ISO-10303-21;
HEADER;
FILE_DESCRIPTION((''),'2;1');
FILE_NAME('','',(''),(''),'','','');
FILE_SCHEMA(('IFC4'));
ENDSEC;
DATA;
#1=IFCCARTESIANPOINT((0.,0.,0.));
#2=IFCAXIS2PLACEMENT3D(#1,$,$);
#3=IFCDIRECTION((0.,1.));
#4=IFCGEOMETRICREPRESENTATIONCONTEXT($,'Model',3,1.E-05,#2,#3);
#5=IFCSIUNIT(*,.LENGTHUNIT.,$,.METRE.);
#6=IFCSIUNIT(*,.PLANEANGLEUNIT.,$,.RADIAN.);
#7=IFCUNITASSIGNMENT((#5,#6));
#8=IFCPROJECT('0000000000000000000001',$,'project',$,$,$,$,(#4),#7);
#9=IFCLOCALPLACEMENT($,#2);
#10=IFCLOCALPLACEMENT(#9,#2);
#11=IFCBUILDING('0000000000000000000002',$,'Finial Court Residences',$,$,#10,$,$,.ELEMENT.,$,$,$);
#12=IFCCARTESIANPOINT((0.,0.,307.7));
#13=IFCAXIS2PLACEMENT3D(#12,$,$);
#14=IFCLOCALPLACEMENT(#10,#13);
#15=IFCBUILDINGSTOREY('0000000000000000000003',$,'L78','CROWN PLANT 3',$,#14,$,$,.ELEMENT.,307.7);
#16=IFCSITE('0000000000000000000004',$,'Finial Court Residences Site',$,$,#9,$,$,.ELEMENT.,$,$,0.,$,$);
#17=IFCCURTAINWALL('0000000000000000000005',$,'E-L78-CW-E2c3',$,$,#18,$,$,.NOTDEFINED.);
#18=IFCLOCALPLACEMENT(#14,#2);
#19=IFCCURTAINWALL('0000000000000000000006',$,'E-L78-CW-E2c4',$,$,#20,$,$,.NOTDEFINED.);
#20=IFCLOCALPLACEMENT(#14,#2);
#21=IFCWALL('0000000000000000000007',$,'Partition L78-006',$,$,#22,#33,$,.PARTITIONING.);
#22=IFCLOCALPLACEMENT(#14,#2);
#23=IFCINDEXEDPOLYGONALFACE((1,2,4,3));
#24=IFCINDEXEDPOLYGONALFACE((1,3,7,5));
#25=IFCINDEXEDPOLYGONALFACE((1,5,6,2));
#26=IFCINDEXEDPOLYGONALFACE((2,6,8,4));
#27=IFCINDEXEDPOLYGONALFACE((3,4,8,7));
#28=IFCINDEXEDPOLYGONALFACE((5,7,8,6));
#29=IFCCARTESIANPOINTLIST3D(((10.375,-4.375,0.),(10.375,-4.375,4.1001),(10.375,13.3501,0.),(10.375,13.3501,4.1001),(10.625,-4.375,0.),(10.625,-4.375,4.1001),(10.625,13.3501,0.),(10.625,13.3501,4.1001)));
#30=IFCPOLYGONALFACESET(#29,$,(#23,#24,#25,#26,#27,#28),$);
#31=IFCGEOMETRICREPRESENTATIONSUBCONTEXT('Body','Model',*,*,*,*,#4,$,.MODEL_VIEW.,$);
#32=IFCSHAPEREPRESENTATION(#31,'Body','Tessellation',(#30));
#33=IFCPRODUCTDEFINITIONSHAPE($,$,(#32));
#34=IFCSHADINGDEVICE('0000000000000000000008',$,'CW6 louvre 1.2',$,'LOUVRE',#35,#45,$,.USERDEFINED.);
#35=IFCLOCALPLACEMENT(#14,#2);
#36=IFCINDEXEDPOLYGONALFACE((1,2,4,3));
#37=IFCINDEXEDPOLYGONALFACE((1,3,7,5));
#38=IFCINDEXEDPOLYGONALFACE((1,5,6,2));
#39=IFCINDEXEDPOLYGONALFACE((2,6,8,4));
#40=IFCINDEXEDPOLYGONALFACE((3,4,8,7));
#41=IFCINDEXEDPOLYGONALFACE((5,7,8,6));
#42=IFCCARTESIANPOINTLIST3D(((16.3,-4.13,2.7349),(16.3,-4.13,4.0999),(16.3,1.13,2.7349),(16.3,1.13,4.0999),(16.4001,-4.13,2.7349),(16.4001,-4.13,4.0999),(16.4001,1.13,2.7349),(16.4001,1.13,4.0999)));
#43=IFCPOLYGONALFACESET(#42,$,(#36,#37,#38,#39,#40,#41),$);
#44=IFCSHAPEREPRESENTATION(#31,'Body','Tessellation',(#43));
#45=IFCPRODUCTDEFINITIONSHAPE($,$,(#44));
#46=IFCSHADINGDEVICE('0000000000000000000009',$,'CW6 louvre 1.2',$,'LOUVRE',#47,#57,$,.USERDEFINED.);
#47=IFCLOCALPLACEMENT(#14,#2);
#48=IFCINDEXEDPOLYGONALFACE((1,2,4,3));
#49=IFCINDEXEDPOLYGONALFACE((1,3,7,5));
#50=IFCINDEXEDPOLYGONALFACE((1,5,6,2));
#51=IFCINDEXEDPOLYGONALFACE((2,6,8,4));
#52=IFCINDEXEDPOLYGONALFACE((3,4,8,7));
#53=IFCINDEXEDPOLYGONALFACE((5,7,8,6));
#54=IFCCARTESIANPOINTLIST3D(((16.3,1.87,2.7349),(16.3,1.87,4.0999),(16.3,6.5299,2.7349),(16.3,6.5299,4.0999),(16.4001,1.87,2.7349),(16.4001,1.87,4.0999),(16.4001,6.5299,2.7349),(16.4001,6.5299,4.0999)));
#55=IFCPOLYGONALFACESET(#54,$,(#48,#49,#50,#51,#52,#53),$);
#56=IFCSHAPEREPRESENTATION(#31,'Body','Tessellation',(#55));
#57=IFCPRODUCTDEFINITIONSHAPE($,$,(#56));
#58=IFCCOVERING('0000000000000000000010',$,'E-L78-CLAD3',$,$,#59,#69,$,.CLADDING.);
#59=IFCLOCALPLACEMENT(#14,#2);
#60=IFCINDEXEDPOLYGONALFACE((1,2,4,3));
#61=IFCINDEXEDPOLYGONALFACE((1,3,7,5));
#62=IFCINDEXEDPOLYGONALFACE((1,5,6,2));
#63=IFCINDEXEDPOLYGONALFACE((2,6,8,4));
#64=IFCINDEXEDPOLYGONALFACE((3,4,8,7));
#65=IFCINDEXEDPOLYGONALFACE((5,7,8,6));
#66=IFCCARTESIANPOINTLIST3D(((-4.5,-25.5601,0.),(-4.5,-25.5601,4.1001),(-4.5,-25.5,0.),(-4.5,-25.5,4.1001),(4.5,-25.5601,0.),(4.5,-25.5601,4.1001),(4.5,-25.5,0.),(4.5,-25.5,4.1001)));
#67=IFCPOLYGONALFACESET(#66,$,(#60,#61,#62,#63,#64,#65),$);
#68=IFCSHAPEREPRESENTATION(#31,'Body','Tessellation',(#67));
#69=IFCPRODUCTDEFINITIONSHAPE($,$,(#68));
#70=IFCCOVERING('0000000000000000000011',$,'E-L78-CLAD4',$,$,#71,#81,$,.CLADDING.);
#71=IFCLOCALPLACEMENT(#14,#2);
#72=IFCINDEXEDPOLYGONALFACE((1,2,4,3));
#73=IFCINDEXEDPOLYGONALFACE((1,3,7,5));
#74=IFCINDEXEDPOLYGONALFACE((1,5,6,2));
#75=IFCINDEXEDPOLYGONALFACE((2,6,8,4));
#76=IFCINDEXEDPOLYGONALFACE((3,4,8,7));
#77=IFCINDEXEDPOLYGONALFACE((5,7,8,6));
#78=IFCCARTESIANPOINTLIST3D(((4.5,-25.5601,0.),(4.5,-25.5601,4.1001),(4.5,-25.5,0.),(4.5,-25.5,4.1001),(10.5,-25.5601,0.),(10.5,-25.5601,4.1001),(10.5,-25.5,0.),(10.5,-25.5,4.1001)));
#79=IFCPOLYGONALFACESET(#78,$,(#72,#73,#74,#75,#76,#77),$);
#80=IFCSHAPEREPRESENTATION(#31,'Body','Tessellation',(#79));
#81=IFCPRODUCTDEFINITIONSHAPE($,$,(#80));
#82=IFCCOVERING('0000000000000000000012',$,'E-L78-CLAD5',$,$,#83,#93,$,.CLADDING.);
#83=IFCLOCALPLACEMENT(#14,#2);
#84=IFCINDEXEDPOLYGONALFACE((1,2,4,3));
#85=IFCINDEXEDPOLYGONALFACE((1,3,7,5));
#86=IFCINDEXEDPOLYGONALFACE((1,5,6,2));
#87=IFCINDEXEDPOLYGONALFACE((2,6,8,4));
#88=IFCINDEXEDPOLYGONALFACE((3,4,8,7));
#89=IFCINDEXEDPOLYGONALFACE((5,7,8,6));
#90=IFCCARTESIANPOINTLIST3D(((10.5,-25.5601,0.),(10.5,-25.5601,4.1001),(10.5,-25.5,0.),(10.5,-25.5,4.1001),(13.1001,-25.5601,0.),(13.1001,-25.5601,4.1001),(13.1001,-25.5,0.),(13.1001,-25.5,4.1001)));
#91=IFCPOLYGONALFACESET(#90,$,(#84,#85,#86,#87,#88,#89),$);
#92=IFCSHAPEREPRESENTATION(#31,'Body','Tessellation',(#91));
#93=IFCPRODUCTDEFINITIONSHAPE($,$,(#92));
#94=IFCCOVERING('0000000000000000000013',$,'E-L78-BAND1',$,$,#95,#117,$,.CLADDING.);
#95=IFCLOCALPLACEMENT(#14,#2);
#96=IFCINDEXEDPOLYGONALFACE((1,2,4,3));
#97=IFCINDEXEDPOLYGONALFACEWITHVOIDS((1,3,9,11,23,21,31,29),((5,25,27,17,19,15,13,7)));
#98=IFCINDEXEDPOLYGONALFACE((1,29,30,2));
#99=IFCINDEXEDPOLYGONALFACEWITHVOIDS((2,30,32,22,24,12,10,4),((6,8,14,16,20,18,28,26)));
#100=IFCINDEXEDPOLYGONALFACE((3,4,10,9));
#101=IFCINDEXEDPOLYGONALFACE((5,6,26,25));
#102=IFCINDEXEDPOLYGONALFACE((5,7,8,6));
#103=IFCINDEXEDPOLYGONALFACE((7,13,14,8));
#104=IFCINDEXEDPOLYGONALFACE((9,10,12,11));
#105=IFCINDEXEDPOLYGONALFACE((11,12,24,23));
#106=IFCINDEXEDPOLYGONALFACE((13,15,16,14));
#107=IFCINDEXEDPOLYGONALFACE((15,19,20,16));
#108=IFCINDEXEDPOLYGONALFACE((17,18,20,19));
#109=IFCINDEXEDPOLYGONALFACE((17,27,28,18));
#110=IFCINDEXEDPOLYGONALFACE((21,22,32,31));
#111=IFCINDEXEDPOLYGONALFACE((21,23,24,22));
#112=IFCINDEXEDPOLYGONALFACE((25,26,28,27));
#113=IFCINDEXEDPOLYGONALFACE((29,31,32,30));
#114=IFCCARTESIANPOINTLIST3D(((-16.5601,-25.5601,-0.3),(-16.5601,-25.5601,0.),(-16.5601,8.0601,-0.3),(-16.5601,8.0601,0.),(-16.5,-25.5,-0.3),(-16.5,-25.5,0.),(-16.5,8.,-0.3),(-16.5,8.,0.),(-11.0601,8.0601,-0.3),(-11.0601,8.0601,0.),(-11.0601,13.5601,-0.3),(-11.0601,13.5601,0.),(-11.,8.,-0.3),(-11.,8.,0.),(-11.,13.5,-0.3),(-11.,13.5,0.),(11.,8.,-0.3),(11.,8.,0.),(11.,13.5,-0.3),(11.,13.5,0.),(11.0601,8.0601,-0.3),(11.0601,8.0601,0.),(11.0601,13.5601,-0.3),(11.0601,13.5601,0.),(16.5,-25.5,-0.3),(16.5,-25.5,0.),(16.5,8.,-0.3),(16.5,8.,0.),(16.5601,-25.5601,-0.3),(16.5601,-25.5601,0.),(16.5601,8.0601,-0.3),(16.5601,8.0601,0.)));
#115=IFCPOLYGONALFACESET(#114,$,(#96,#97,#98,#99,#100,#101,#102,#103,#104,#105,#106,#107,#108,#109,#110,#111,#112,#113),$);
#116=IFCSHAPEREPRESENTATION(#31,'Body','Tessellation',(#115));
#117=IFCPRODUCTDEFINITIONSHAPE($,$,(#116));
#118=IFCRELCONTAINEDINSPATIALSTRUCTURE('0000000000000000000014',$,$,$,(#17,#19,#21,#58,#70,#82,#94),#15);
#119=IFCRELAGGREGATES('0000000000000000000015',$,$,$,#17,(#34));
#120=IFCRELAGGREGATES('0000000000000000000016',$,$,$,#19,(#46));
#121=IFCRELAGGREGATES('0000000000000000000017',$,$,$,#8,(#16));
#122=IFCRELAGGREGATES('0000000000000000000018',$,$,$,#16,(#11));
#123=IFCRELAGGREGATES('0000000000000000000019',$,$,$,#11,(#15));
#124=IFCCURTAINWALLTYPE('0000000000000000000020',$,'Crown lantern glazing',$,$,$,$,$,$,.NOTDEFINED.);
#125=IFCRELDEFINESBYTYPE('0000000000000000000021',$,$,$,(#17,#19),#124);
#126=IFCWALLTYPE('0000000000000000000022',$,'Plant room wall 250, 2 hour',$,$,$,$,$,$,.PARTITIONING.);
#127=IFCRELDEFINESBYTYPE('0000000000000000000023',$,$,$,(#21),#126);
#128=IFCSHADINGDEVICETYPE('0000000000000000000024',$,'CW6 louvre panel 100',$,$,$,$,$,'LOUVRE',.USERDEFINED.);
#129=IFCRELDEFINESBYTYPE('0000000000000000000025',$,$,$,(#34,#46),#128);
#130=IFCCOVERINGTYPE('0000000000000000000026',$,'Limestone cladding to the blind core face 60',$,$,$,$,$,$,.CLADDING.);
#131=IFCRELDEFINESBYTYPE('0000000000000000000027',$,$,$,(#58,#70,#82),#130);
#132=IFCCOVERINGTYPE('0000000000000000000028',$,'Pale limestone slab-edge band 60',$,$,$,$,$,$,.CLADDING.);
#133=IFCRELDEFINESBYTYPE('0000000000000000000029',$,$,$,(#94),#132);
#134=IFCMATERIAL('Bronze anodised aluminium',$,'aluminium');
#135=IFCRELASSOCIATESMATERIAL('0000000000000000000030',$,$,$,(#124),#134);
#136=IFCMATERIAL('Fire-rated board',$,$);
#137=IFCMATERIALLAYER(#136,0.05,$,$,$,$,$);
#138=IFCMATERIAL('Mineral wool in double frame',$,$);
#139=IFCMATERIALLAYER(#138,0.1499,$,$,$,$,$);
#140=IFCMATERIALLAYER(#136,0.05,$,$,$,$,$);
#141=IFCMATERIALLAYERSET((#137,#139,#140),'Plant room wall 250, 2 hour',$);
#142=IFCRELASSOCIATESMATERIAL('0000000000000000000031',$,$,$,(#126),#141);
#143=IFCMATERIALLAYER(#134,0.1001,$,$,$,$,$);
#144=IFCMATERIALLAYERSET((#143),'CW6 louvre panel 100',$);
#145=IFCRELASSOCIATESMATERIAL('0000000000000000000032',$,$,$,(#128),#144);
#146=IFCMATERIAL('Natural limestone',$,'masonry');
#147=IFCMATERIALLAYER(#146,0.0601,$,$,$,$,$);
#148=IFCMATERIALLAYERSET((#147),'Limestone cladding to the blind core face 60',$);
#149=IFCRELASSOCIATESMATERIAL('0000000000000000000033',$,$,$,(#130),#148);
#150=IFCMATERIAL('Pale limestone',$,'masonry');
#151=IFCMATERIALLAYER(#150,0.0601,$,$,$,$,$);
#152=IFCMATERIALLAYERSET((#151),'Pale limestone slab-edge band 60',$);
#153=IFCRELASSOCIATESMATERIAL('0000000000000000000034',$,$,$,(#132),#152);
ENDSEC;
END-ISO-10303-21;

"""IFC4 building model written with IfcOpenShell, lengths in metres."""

from ifc_helpers import new_model, si_unit, direction, frame, frame_2d, origin, origin_2d, place, context, subcontext, project, spatial, polyline, rectangle, outline, extrude, material, layer, layer_set, type_object, element, aggregate, save


model = new_model("IFC4")

# Units and contexts
model_context = context("Model", 3, precision=1e-05, world=origin(), true_north=direction((0.0, 1.0)))
body_context = subcontext(model_context, "Body", "Model", "MODEL_VIEW")
ifc_project = project(units=[si_unit("LENGTHUNIT", "METRE"), si_unit("PLANEANGLEUNIT", "RADIAN")], contexts=[model_context])

# Site, building, storey
site_placement = place(None, origin())
site = spatial("IfcSite", under=ifc_project, at=site_placement, Name="Finial Court Residences Site", CompositionType="ELEMENT", RefElevation=0.0)
building_placement = place(site_placement, origin())
building = spatial("IfcBuilding", under=site, at=building_placement, Name="Finial Court Residences", CompositionType="ELEMENT")
storey_placement = place(building_placement, frame((0.0, 0.0, 307.7)))
storey = spatial("IfcBuildingStorey", under=building, at=storey_placement, Name="L78", Description="CROWN PLANT 3", CompositionType="ELEMENT", Elevation=307.7)

# Curtain walls
ifc_material_1 = material(Name="Bronze anodised aluminium", Category="aluminium")
curtain_wall_type = type_object("IfcCurtainWallType", Name="Crown lantern glazing", PredefinedType="NOTDEFINED", material=ifc_material_1)
curtain_wall_1_placement = place(storey_placement, origin())
curtain_wall_1 = element("IfcCurtainWall", 1, at=curtain_wall_1_placement, inside=storey, type_object=curtain_wall_type, Name="E-L78-CW-E2c3", PredefinedType="NOTDEFINED")
curtain_wall_2_placement = place(storey_placement, origin())
curtain_wall_2 = element("IfcCurtainWall", 2, at=curtain_wall_2_placement, inside=storey, type_object=curtain_wall_type, Name="E-L78-CW-E2c4", PredefinedType="NOTDEFINED")

# Wall
ifc_material_2 = material(Name="Fire-rated board")
ifc_layer_1 = layer(ifc_material_2, 0.05)
ifc_material_3 = material(Name="Mineral wool in double frame")
ifc_layer_2 = layer(ifc_material_3, 0.1499)
ifc_layer_3 = layer(ifc_material_2, 0.05)
ifc_layer_set_1 = layer_set([ifc_layer_1, ifc_layer_2, ifc_layer_3], Name="Plant room wall 250, 2 hour")
wall_type = type_object("IfcWallType", Name="Plant room wall 250, 2 hour", PredefinedType="PARTITIONING", material=ifc_layer_set_1)
for number, where, z_axis, x_axis, name in (
    (3, (10.5, -4.375, 0.0), (0.0, 0.0, 1.0), (0.0, 1.0, 0.0), "Partition L78-006"),
):
    element("IfcWall", number, at=place(storey_placement, frame(where, z_axis=z_axis, x_axis=x_axis)), inside=storey, type_object=wall_type, Name=name, PredefinedType="PARTITIONING", context=body_context, shape_type="SweptSolid", body=[
        extrude(rectangle(XDim=17.7251, YDim=0.25, at=frame_2d((8.8625, 0.0))), origin(), (0.0, 0.0, 1.0), 4.1001),
    ])

# Shading devices
ifc_layer_4 = layer(ifc_material_1, 0.1001)
ifc_layer_set_2 = layer_set([ifc_layer_4], Name="CW6 louvre panel 100")
shading_device_type = type_object("IfcShadingDeviceType", Name="CW6 louvre panel 100", ElementType="LOUVRE", PredefinedType="USERDEFINED", material=ifc_layer_set_2)
shading_device_1_placement = place(storey_placement, frame((16.3501, -1.5, 2.7349), z_axis=(0.0, 0.0, 1.0), x_axis=(0.0, 1.0, 0.0)))
shading_device_1 = element("IfcShadingDevice", 4, at=shading_device_1_placement, type_object=shading_device_type, Name="CW6 louvre 1.2", ObjectType="LOUVRE", PredefinedType="USERDEFINED", context=body_context, shape_type="SweptSolid", body=[
    extrude(rectangle(XDim=5.26, YDim=0.1001, at=origin_2d()), origin(), (0.0, 0.0, 1.0), 1.365),
])
aggregate(curtain_wall_1, [shading_device_1])
shading_device_2_placement = place(storey_placement, frame((16.3501, 4.2, 2.7349), z_axis=(0.0, 0.0, 1.0), x_axis=(0.0, 1.0, 0.0)))
shading_device_2 = element("IfcShadingDevice", 5, at=shading_device_2_placement, type_object=shading_device_type, Name="CW6 louvre 1.2", ObjectType="LOUVRE", PredefinedType="USERDEFINED", context=body_context, shape_type="SweptSolid", body=[
    extrude(rectangle(XDim=4.6599, YDim=0.1001, at=origin_2d()), origin(), (0.0, 0.0, 1.0), 1.365),
])
aggregate(curtain_wall_2, [shading_device_2])

# Coverings
ifc_material_4 = material(Name="Natural limestone", Category="masonry")
ifc_layer_5 = layer(ifc_material_4, 0.0601)
ifc_layer_set_3 = layer_set([ifc_layer_5], Name="Limestone cladding to the blind core face 60")
covering_type_1 = type_object("IfcCoveringType", Name="Limestone cladding to the blind core face 60", PredefinedType="CLADDING", material=ifc_layer_set_3)
covering_1_placement = place(storey_placement, origin())
element("IfcCovering", 6, at=covering_1_placement, inside=storey, type_object=covering_type_1, Name="E-L78-CLAD3", PredefinedType="CLADDING", context=body_context, shape_type="SweptSolid", body=[
    extrude(outline(polyline([(4.5, -25.5601), (4.5, -25.5), (-4.5, -25.5), (-4.5, -25.5601), (4.5, -25.5601)])), origin(), (0.0, 0.0, 1.0), 4.1001),
])
covering_2_placement = place(storey_placement, origin())
element("IfcCovering", 7, at=covering_2_placement, inside=storey, type_object=covering_type_1, Name="E-L78-CLAD4", PredefinedType="CLADDING", context=body_context, shape_type="SweptSolid", body=[
    extrude(outline(polyline([(10.5, -25.5601), (10.5, -25.5), (4.5, -25.5), (4.5, -25.5601), (10.5, -25.5601)])), origin(), (0.0, 0.0, 1.0), 4.1001),
])
covering_3_placement = place(storey_placement, origin())
element("IfcCovering", 8, at=covering_3_placement, inside=storey, type_object=covering_type_1, Name="E-L78-CLAD5", PredefinedType="CLADDING", context=body_context, shape_type="SweptSolid", body=[
    extrude(outline(polyline([(13.1001, -25.5601), (13.1001, -25.5), (10.5, -25.5), (10.5, -25.5601), (13.1001, -25.5601)])), origin(), (0.0, 0.0, 1.0), 4.1001),
])
ifc_material_5 = material(Name="Pale limestone", Category="masonry")
ifc_layer_6 = layer(ifc_material_5, 0.0601)
ifc_layer_set_4 = layer_set([ifc_layer_6], Name="Pale limestone slab-edge band 60")
covering_type_2 = type_object("IfcCoveringType", Name="Pale limestone slab-edge band 60", PredefinedType="CLADDING", material=ifc_layer_set_4)
covering_4_placement = place(storey_placement, frame((0.0, 0.0, -0.3)))
element("IfcCovering", 9, at=covering_4_placement, inside=storey, type_object=covering_type_2, Name="E-L78-BAND1", PredefinedType="CLADDING", context=body_context, shape_type="SweptSolid", body=[
    extrude(outline(polyline([(-16.5601, -25.5601), (-16.5601, 8.0601), (-11.0601, 8.0601), (-11.0601, 13.5601), (11.0601, 13.5601), (11.0601, 8.0601), (16.5601, 8.0601), (16.5601, -25.5601), (-16.5601, -25.5601)]), holes=[polyline([(16.5, 8.0), (11.0, 8.0), (11.0, 13.5), (-11.0, 13.5), (-11.0, 8.0), (-16.5, 8.0), (-16.5, -25.5), (16.5, -25.5), (16.5, 8.0)])]), origin(), (0.0, 0.0, 1.0), 0.3),
])

save(model, "model.ifc")
